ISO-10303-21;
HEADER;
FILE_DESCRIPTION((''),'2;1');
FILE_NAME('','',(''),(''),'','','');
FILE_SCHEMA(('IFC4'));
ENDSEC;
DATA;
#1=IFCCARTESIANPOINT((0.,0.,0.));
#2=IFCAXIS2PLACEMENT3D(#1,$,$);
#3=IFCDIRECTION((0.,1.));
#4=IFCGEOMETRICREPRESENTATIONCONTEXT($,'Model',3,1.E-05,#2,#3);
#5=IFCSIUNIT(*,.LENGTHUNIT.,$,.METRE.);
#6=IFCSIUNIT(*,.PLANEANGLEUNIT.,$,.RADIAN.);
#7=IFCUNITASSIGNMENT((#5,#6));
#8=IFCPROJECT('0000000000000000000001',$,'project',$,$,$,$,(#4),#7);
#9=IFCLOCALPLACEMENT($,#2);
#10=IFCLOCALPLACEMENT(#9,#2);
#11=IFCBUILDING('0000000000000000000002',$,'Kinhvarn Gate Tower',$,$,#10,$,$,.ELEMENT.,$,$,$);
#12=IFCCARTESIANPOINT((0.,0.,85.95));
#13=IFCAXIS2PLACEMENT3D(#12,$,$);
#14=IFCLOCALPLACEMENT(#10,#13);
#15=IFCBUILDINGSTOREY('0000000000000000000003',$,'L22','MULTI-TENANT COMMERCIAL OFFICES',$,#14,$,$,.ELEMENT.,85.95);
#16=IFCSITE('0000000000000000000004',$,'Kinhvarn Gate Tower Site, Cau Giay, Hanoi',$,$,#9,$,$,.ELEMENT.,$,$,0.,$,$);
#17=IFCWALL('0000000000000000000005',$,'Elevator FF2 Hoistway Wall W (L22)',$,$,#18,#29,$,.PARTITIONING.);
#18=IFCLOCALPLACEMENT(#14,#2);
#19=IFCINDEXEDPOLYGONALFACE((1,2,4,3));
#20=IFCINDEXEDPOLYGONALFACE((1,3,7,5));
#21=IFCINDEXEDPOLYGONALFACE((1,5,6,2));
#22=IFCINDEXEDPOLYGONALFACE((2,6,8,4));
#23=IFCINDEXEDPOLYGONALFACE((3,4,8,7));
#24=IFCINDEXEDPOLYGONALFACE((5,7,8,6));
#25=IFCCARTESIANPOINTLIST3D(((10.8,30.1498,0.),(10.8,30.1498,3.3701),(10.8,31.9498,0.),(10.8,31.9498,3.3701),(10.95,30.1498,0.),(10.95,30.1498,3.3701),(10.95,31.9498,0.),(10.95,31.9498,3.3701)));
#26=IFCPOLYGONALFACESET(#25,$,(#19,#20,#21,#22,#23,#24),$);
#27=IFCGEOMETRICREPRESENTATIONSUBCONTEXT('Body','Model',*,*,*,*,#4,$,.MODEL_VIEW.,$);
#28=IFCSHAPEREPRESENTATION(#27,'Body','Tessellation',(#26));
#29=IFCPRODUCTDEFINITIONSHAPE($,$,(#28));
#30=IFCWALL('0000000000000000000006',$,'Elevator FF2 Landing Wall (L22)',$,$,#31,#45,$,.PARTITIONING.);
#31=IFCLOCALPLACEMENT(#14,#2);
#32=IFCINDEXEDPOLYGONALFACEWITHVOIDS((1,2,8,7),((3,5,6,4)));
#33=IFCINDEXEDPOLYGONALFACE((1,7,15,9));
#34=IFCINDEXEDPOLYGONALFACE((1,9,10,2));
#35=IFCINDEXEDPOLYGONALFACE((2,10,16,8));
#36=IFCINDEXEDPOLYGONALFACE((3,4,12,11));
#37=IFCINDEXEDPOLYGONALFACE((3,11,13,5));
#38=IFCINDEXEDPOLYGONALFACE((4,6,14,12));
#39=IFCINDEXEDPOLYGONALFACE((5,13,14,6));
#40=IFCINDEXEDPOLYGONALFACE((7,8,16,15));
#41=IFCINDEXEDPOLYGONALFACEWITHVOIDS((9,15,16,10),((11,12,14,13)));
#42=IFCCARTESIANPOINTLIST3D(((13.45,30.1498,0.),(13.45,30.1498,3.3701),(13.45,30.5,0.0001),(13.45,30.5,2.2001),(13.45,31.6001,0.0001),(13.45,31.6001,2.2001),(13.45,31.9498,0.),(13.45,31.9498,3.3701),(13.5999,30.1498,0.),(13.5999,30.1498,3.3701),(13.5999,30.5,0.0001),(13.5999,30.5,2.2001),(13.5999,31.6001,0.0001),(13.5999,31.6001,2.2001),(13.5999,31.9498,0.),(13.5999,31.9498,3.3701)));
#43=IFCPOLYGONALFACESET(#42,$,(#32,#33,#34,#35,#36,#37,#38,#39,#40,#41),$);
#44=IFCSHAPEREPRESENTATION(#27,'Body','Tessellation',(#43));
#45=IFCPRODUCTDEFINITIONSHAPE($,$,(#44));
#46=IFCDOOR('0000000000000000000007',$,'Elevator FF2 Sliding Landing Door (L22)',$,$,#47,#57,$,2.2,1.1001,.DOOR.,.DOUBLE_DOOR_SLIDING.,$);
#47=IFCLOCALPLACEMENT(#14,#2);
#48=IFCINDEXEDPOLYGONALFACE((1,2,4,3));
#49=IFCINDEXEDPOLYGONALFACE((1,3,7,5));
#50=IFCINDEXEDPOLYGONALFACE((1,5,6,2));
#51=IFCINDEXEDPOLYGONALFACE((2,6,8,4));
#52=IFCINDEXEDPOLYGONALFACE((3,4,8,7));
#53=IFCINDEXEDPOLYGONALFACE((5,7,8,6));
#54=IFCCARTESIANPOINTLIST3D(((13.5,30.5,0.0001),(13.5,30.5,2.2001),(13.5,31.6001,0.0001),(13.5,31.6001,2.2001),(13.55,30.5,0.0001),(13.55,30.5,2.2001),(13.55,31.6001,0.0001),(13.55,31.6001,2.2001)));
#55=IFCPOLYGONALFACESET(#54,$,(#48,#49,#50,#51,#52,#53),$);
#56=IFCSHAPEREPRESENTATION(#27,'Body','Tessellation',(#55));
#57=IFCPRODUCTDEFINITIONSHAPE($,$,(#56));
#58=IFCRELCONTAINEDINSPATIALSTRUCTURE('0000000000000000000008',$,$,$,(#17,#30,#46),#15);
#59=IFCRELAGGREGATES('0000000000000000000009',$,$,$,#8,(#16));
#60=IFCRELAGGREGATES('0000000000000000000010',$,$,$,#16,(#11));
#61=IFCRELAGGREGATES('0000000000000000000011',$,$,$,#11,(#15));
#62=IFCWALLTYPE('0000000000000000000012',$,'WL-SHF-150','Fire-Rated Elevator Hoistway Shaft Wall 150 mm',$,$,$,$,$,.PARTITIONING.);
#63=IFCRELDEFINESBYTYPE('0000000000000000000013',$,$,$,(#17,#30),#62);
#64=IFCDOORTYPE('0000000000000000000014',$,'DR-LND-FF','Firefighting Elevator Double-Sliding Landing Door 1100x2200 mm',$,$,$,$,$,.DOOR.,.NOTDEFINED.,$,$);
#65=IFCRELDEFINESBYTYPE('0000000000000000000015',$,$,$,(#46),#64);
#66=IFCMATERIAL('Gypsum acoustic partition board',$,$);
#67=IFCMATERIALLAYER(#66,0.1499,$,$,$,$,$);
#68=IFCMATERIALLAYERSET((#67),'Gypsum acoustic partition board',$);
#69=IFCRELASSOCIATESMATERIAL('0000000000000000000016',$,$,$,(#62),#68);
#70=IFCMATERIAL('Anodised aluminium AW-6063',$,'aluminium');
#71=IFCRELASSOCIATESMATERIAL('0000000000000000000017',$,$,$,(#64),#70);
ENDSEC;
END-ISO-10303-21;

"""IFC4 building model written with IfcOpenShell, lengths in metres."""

from ifc_helpers import new_model, si_unit, direction, frame, frame_2d, origin, place, context, subcontext, project, spatial, rectangle, extrude, material, layer, layer_set, type_object, element, fill, save


model = new_model("IFC4")

# Units and contexts
model_context = context("Model", 3, precision=1e-05, world=origin(), true_north=direction((0.0, 1.0)))
body_context = subcontext(model_context, "Body", "Model", "MODEL_VIEW")
ifc_project = project(units=[si_unit("LENGTHUNIT", "METRE"), si_unit("PLANEANGLEUNIT", "RADIAN")], contexts=[model_context])

# Site, building, storey
site_placement = place(None, origin())
site = spatial("IfcSite", under=ifc_project, at=site_placement, Name="Kinhvarn Gate Tower Site, Cau Giay, Hanoi", CompositionType="ELEMENT", RefElevation=0.0)
building_placement = place(site_placement, origin())
building = spatial("IfcBuilding", under=site, at=building_placement, Name="Kinhvarn Gate Tower", CompositionType="ELEMENT")
storey_placement = place(building_placement, frame((0.0, 0.0, 85.95)))
storey = spatial("IfcBuildingStorey", under=building, at=storey_placement, Name="L22", Description="MULTI-TENANT COMMERCIAL OFFICES", CompositionType="ELEMENT", Elevation=85.95)

# Shared definitions
ifc_material_1 = material(Name="Anodised aluminium AW-6063", Category="aluminium")
ifc_material_2 = material(Name="Gypsum acoustic partition board")

# Shared definitions
ifc_layer_1 = layer(ifc_material_2, 0.1499)
ifc_layer_set_1 = layer_set([ifc_layer_1], Name="Gypsum acoustic partition board")
wall_type_1 = type_object("IfcWallType", Name="WL-SHF-150", Description="Fire-Rated Elevator Hoistway Shaft Wall 150 mm", PredefinedType="PARTITIONING", material=ifc_layer_set_1)

# Wall
wall_1_placement = place(storey_placement, frame((10.875, 30.1499, 0.0), z_axis=(0.0, 0.0, 1.0), x_axis=(0.0, 1.0, 0.0)))
element("IfcWall", 1, at=wall_1_placement, inside=storey, type_object=wall_type_1, Name="Elevator FF2 Hoistway Wall W (L22)", PredefinedType="PARTITIONING", context=body_context, shape_type="SweptSolid", body=[
    extrude(rectangle(XDim=1.8, YDim=0.1499, at=frame_2d((0.8999, 0.0))), origin(), (0.0, 0.0, 1.0), 3.3701),
])

# Wall, opening, door
wall_2_placement = place(storey_placement, frame((13.5249, 30.1499, 0.0), z_axis=(0.0, 0.0, 1.0), x_axis=(0.0, 1.0, 0.0)))
wall_2 = element("IfcWall", 2, at=wall_2_placement, inside=storey, type_object=wall_type_1, Name="Elevator FF2 Landing Wall (L22)", PredefinedType="PARTITIONING", context=body_context, shape_type="SweptSolid", body=[
    extrude(rectangle(XDim=1.8, YDim=0.1499, at=frame_2d((0.8999, 0.0))), origin(), (0.0, 0.0, 1.0), 3.3701),
])
opening_1_placement = place(wall_2_placement, frame((0.3501, 0.0, 0.0)))
opening_1 = element("IfcOpeningElement", 3, at=opening_1_placement, cuts=wall_2, PredefinedType="OPENING", context=body_context, shape_type="SweptSolid", body=[
    extrude(rectangle(XDim=1.1001, YDim=2.2, at=frame_2d((0.55, 1.1001))), frame((0.0, 0.085, 0.0), z_axis=(0.0, -1.0, 0.0), x_axis=(1.0, 0.0, 0.0)), (0.0, 0.0, 1.0), 0.1699),
])
door_type_1 = type_object("IfcDoorType", Name="DR-LND-FF", Description="Firefighting Elevator Double-Sliding Landing Door 1100x2200 mm", OperationType="NOTDEFINED", PredefinedType="DOOR", material=ifc_material_1)
door_1_placement = place(opening_1_placement, origin())
door_1 = element("IfcDoor", 4, at=door_1_placement, inside=storey, type_object=door_type_1, Name="Elevator FF2 Sliding Landing Door (L22)", OperationType="DOUBLE_DOOR_SLIDING", OverallHeight=2.2, OverallWidth=1.1001, PredefinedType="DOOR", context=body_context, shape_type="SweptSolid", body=[
    extrude(rectangle(XDim=1.1001, YDim=2.2, at=frame_2d((0.55, 1.1001))), frame((0.0, 0.0249, 0.0), z_axis=(0.0, -1.0, 0.0), x_axis=(1.0, 0.0, 0.0)), (0.0, 0.0, 1.0), 0.05),
])
fill(opening_1, door_1)

save(model, "model.ifc")
